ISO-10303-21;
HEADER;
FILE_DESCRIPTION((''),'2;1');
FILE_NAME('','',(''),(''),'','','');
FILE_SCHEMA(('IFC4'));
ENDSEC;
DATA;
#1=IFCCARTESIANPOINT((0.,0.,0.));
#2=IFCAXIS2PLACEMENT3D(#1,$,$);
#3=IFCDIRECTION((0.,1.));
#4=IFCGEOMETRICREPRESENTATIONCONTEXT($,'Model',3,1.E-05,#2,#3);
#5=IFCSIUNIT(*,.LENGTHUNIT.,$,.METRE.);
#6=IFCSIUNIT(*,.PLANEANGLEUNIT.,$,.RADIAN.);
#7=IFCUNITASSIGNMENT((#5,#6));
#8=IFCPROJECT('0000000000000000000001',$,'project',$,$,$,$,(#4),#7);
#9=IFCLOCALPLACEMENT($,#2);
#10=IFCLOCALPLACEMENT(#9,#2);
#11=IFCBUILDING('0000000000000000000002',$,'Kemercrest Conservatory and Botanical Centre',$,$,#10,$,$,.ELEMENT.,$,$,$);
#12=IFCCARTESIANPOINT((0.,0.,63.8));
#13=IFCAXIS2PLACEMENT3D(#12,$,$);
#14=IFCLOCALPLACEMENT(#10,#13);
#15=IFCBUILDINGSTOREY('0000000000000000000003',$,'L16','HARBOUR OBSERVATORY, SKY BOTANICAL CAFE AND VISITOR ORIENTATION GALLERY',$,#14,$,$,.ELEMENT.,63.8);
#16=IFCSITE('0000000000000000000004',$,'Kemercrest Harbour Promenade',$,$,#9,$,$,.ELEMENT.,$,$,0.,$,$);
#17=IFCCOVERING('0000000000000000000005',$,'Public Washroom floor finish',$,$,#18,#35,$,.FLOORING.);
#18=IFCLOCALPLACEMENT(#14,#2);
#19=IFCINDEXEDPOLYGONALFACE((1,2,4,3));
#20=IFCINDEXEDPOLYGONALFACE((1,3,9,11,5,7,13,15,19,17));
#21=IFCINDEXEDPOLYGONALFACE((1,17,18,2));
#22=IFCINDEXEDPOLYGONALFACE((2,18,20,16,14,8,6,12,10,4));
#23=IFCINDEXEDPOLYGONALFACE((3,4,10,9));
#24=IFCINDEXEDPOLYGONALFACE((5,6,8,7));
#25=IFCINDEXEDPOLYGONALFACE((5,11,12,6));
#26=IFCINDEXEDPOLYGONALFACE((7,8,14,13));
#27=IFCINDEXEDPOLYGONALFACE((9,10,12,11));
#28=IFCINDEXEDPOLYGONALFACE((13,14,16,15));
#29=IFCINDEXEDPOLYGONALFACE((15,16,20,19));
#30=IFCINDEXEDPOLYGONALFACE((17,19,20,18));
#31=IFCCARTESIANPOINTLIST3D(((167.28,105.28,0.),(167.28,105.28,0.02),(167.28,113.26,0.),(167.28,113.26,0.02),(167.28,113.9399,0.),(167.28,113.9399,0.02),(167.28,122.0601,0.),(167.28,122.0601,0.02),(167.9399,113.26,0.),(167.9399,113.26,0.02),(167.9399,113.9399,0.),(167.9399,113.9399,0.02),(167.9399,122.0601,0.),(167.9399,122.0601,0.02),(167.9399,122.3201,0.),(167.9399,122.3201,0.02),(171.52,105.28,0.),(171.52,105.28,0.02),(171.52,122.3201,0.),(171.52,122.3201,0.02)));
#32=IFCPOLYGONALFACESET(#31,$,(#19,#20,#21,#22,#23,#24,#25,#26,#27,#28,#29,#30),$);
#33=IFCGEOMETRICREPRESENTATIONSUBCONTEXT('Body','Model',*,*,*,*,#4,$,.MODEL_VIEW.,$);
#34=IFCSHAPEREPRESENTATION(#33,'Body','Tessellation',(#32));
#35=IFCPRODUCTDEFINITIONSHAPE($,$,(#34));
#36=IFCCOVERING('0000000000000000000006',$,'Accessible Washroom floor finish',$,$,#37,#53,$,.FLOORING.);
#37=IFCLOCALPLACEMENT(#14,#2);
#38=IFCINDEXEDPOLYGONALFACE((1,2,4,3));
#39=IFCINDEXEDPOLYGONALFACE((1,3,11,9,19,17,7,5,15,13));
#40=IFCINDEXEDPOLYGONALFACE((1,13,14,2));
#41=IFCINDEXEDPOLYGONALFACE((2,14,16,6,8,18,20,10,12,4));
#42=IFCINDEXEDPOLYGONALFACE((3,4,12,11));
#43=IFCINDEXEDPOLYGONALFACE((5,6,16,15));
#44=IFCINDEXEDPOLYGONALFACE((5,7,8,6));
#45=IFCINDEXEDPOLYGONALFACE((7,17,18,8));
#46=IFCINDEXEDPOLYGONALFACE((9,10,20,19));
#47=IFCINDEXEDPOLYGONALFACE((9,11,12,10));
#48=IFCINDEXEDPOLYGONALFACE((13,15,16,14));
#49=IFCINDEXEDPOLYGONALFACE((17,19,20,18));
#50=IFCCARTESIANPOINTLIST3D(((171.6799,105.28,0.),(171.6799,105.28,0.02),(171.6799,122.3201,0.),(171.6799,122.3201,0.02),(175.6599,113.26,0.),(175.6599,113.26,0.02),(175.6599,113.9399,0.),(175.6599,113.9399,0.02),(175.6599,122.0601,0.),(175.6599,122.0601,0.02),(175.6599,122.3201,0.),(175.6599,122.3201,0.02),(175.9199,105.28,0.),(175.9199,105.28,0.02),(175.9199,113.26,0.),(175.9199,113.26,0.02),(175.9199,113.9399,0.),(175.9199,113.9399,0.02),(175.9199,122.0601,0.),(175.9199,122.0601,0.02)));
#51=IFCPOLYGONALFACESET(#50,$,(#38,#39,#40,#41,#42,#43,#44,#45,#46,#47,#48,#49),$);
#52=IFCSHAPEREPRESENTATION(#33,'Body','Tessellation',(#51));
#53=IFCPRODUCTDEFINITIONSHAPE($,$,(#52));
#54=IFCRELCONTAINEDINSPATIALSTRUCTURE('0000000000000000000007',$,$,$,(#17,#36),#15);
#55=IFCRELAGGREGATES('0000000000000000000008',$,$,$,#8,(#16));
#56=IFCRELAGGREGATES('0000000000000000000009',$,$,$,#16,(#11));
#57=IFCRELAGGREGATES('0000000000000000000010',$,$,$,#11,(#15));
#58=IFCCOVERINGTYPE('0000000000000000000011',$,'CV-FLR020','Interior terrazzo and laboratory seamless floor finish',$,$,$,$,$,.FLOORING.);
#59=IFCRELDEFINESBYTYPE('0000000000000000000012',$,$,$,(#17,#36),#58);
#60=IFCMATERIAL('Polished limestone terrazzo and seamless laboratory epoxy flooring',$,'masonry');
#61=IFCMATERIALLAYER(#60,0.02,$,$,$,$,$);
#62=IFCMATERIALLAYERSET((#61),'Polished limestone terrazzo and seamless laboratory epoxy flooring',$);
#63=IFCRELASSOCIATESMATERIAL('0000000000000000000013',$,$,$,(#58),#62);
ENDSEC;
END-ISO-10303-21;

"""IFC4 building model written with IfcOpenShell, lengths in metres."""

from ifc_helpers import new_model, si_unit, direction, frame, origin, place, context, subcontext, project, spatial, polyline, outline, extrude, material, layer, layer_set, type_object, element, save


model = new_model("IFC4")

# Units and contexts
model_context = context("Model", 3, precision=1e-05, world=origin(), true_north=direction((0.0, 1.0)))
body_context = subcontext(model_context, "Body", "Model", "MODEL_VIEW")
ifc_project = project(units=[si_unit("LENGTHUNIT", "METRE"), si_unit("PLANEANGLEUNIT", "RADIAN")], contexts=[model_context])

# Site, building, storey
site_placement = place(None, origin())
site = spatial("IfcSite", under=ifc_project, at=site_placement, Name="Kemercrest Harbour Promenade", CompositionType="ELEMENT", RefElevation=0.0)
building_placement = place(site_placement, origin())
building = spatial("IfcBuilding", under=site, at=building_placement, Name="Kemercrest Conservatory and Botanical Centre", CompositionType="ELEMENT")
storey_placement = place(building_placement, frame((0.0, 0.0, 63.8)))
storey = spatial("IfcBuildingStorey", under=building, at=storey_placement, Name="L16", Description="HARBOUR OBSERVATORY, SKY BOTANICAL CAFE AND VISITOR ORIENTATION GALLERY", CompositionType="ELEMENT", Elevation=63.8)

# Coverings
ifc_material_1 = material(Name="Polished limestone terrazzo and seamless laboratory epoxy flooring", Category="masonry")
ifc_layer_1 = layer(ifc_material_1, 0.02)
ifc_layer_set_1 = layer_set([ifc_layer_1], Name="Polished limestone terrazzo and seamless laboratory epoxy flooring")
covering_type_1 = type_object("IfcCoveringType", Name="CV-FLR020", Description="Interior terrazzo and laboratory seamless floor finish", PredefinedType="FLOORING", material=ifc_layer_set_1)
covering_1_placement = place(storey_placement, origin())
element("IfcCovering", 1, at=covering_1_placement, inside=storey, type_object=covering_type_1, Name="Public Washroom floor finish", PredefinedType="FLOORING", context=body_context, shape_type="SweptSolid", body=[
    extrude(outline(polyline([(167.28, 105.28), (171.52, 105.28), (171.52, 122.3201), (167.9399, 122.3201), (167.9399, 122.0601), (167.28, 122.0601), (167.28, 113.9399), (167.9399, 113.9399), (167.9399, 113.26), (167.28, 113.26), (167.28, 105.28)])), origin(), (0.0, 0.0, 1.0), 0.02),
])
covering_2_placement = place(storey_placement, origin())
element("IfcCovering", 2, at=covering_2_placement, inside=storey, type_object=covering_type_1, Name="Accessible Washroom floor finish", PredefinedType="FLOORING", context=body_context, shape_type="SweptSolid", body=[
    extrude(outline(polyline([(171.6799, 105.28), (175.9199, 105.28), (175.9199, 113.26), (175.6599, 113.26), (175.6599, 113.9399), (175.9199, 113.9399), (175.9199, 122.0601), (175.6599, 122.0601), (175.6599, 122.3201), (171.6799, 122.3201), (171.6799, 105.28)])), origin(), (0.0, 0.0, 1.0), 0.02),
])

save(model, "model.ifc")
